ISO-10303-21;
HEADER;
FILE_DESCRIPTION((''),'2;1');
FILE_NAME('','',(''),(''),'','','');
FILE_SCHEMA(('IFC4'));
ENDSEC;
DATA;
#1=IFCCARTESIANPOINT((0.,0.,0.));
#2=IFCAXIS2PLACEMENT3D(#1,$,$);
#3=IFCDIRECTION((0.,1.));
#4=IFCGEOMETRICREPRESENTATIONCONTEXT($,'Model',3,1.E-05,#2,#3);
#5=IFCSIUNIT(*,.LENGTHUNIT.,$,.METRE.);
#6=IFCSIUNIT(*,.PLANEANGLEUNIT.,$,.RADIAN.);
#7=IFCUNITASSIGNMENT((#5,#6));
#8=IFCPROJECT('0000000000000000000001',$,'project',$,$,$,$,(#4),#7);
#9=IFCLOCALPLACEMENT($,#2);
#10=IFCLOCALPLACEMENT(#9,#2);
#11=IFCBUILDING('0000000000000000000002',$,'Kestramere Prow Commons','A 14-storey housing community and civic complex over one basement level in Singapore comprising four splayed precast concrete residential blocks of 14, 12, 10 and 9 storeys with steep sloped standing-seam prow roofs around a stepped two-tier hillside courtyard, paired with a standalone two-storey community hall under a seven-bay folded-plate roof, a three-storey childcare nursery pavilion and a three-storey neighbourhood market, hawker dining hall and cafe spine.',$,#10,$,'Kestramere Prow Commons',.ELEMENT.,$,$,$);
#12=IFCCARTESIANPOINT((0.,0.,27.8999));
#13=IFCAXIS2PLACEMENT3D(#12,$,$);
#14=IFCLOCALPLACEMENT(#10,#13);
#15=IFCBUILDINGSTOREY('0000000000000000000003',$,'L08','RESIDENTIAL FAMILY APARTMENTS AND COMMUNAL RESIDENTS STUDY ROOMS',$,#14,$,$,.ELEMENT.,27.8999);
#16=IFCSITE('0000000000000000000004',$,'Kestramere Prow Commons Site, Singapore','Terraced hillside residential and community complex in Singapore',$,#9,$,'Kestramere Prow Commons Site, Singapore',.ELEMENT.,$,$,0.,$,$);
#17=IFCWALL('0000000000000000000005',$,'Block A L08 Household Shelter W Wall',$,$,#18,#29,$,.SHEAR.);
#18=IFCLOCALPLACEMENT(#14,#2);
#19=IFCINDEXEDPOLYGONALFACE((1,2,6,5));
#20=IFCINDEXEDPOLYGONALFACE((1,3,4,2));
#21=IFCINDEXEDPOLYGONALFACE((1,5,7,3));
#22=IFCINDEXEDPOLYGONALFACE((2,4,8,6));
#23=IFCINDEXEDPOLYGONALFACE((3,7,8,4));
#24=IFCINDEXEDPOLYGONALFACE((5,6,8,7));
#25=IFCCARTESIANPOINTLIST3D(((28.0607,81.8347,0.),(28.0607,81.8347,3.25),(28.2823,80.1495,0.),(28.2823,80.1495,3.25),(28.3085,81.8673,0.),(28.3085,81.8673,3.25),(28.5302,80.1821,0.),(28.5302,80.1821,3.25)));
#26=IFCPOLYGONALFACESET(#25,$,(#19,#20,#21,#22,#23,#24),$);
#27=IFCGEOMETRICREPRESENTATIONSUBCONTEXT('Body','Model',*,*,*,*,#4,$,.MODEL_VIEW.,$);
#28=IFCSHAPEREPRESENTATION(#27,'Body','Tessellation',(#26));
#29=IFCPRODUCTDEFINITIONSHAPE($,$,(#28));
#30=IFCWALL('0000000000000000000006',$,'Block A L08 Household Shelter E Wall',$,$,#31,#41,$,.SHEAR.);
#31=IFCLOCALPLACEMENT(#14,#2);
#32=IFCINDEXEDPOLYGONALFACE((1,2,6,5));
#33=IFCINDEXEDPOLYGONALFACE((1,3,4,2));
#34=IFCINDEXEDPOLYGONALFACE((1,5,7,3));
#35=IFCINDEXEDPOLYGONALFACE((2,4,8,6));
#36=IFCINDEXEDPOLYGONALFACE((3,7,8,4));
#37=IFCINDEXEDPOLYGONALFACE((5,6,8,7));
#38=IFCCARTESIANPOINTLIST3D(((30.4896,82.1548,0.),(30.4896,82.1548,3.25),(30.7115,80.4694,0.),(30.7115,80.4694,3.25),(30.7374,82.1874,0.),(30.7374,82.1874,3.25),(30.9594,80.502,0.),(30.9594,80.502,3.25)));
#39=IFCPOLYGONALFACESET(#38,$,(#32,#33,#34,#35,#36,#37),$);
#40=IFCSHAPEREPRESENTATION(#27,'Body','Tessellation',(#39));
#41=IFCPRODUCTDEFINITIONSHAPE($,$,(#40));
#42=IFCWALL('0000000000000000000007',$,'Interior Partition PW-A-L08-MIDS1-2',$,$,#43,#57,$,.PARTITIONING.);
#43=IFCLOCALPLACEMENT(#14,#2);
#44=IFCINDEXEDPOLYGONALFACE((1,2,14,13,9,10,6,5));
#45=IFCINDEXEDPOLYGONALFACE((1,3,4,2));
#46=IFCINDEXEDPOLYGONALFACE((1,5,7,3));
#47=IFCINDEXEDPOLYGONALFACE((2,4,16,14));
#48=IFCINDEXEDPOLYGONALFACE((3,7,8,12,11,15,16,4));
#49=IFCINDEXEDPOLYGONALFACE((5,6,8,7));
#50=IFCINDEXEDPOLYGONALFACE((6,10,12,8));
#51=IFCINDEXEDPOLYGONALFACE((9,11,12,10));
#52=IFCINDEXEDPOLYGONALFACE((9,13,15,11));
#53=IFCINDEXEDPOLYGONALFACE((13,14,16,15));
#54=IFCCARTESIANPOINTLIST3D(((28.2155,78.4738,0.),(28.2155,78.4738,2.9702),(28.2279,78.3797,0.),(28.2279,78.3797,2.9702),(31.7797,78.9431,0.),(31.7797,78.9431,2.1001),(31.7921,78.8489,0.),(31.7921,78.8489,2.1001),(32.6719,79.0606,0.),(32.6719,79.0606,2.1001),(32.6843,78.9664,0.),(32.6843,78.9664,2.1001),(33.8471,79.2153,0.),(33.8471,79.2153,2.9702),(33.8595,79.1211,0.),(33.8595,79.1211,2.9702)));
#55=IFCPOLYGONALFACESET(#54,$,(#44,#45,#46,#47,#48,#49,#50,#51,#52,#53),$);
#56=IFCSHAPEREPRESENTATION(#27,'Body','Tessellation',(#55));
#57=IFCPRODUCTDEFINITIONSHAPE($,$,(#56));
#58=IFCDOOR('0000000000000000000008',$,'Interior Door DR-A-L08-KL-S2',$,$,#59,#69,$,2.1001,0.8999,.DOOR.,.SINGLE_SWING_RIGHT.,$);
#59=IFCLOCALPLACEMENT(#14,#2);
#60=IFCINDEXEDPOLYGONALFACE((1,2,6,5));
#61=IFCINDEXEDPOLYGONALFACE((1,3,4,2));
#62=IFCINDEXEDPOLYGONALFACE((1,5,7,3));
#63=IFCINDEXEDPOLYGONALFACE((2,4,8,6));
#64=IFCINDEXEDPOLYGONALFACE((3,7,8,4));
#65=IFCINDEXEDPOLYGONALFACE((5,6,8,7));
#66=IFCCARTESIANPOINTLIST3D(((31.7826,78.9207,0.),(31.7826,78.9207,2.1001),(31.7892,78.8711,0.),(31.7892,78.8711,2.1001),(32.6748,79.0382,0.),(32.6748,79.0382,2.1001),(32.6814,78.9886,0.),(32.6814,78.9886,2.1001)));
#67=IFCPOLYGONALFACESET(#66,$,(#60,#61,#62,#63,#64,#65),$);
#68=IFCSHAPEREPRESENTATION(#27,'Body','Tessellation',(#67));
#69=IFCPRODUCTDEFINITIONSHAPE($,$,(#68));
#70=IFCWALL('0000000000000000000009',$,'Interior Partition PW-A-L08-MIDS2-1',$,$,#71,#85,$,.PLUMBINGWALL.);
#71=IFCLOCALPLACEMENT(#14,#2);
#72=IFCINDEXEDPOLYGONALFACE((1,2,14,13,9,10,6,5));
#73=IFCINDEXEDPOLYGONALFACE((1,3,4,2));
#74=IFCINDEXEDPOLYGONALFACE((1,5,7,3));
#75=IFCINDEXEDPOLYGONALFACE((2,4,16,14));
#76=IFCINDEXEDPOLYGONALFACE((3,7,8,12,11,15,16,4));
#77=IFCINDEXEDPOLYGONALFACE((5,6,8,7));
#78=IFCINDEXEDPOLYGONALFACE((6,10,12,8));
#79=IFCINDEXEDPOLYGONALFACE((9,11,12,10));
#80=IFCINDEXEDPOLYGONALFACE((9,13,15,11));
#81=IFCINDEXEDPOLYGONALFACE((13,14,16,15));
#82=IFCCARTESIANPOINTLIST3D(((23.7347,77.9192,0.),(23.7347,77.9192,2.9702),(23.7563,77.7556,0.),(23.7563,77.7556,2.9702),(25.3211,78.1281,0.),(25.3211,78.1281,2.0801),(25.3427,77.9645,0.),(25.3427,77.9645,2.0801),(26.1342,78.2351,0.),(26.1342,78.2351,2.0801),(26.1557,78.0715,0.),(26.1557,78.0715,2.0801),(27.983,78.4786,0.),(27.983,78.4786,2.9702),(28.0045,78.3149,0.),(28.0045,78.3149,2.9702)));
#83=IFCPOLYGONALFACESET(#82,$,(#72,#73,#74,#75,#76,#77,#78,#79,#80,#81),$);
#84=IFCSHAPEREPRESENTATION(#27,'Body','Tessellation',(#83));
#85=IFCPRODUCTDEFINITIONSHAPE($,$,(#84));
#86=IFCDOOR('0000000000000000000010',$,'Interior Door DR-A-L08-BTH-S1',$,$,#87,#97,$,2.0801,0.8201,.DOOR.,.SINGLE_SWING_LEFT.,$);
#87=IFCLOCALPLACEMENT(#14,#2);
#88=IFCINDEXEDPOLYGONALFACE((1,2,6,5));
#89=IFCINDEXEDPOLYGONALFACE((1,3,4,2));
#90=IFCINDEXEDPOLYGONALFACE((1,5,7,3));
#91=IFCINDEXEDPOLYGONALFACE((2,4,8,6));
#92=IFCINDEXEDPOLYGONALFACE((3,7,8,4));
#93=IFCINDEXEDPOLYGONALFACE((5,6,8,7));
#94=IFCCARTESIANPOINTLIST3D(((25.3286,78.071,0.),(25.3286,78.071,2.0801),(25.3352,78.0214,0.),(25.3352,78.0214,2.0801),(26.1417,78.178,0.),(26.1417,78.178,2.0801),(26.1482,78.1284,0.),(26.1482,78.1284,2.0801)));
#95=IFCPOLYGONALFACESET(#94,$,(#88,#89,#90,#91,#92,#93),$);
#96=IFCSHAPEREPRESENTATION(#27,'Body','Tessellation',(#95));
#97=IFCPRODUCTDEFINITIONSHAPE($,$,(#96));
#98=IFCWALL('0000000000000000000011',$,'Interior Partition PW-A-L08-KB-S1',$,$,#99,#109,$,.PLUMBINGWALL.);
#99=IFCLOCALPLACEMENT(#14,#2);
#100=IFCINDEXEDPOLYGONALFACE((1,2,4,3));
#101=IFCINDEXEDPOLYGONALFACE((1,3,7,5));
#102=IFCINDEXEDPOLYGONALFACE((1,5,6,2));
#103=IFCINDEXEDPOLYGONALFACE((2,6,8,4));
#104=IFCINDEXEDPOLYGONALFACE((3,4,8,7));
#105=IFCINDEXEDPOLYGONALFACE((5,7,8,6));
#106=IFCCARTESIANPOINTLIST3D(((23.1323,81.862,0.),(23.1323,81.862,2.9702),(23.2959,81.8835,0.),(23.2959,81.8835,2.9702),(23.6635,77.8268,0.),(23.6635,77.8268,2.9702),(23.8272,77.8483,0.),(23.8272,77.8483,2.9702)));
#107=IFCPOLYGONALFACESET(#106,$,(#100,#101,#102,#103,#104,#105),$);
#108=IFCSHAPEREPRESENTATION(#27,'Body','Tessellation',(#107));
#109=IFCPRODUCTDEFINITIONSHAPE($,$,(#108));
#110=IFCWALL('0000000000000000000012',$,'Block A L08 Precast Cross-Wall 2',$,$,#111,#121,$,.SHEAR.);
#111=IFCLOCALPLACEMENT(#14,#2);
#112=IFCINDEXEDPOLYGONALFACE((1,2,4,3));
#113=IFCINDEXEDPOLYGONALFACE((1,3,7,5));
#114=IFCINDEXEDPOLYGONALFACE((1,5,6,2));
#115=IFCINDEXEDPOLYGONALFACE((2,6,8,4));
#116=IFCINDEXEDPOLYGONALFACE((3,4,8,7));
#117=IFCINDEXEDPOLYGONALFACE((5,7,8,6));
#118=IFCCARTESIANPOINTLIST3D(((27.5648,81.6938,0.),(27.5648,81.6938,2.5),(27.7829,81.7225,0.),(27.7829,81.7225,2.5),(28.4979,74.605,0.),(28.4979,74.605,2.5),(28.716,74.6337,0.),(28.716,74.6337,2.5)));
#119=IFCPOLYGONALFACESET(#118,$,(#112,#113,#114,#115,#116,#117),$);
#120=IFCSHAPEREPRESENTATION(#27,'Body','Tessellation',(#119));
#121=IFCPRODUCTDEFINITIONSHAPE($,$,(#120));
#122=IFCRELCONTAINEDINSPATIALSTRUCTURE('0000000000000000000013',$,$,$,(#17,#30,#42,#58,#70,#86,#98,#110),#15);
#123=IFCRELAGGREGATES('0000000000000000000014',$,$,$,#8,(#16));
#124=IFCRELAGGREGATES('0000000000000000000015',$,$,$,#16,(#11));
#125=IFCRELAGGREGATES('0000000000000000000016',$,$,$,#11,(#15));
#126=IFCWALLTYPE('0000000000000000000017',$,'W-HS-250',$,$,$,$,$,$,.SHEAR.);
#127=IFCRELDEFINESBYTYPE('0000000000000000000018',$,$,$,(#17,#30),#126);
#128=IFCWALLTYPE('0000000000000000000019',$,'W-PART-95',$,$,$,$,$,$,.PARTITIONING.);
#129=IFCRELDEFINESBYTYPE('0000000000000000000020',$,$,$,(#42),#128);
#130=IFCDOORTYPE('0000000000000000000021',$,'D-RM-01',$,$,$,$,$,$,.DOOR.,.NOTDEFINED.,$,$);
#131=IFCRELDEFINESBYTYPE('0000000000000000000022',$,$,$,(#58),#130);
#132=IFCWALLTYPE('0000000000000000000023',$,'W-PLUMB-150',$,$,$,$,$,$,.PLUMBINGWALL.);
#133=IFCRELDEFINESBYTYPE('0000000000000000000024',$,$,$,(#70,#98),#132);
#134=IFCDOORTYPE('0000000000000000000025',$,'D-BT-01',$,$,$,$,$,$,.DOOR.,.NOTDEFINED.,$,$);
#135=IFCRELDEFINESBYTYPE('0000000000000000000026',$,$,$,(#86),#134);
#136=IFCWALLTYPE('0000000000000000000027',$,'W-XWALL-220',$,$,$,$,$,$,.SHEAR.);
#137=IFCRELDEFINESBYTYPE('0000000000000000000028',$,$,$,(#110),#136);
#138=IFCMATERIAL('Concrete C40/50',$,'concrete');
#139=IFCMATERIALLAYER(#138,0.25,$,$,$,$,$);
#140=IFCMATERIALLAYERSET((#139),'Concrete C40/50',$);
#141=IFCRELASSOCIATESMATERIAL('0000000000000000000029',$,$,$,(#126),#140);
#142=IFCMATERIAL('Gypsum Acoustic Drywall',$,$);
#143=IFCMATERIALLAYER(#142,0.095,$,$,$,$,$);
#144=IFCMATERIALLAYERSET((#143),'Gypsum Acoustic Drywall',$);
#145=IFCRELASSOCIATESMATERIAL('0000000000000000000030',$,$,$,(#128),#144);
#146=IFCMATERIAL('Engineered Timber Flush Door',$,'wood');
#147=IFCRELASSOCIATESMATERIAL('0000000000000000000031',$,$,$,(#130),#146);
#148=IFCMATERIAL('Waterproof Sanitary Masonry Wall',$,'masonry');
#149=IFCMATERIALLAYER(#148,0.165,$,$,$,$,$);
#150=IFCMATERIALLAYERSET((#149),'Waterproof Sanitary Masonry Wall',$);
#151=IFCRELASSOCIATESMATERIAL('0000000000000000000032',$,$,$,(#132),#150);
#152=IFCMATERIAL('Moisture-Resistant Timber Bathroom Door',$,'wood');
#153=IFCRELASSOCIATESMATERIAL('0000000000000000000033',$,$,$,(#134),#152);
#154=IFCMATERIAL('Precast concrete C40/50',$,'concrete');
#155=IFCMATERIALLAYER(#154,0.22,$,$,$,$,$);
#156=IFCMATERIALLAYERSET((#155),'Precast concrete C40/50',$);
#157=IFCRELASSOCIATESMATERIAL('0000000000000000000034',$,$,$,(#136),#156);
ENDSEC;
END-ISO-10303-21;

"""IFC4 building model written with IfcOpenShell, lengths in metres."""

from ifc_helpers import new_model, si_unit, direction, frame, frame_2d, origin, place, context, subcontext, project, spatial, rectangle, extrude, material, layer, layer_set, type_object, element, fill, save


model = new_model("IFC4")

# Units and contexts
model_context = context("Model", 3, precision=1e-05, world=origin(), true_north=direction((0.0, 1.0)))
body_context = subcontext(model_context, "Body", "Model", "MODEL_VIEW")
ifc_project = project(units=[si_unit("LENGTHUNIT", "METRE"), si_unit("PLANEANGLEUNIT", "RADIAN")], contexts=[model_context])

# Site, building, storey
site_placement = place(None, origin())
site = spatial("IfcSite", under=ifc_project, at=site_placement, Name="Kestramere Prow Commons Site, Singapore", Description="Terraced hillside residential and community complex in Singapore", LongName="Kestramere Prow Commons Site, Singapore", CompositionType="ELEMENT", RefElevation=0.0)
building_placement = place(site_placement, origin())
building = spatial("IfcBuilding", under=site, at=building_placement, Name="Kestramere Prow Commons", Description="A 14-storey housing community and civic complex over one basement level in Singapore comprising four splayed precast concrete residential blocks of 14, 12, 10 and 9 storeys with steep sloped standing-seam prow roofs around a stepped two-tier hillside courtyard, paired with a standalone two-storey community hall under a seven-bay folded-plate roof, a three-storey childcare nursery pavilion and a three-storey neighbourhood market, hawker dining hall and cafe spine.", LongName="Kestramere Prow Commons", CompositionType="ELEMENT")
storey_placement = place(building_placement, frame((0.0, 0.0, 27.8999)))
storey = spatial("IfcBuildingStorey", under=building, at=storey_placement, Name="L08", Description="RESIDENTIAL FAMILY APARTMENTS AND COMMUNAL RESIDENTS STUDY ROOMS", CompositionType="ELEMENT", Elevation=27.8999)

# Shared definitions
ifc_material_1 = material(Name="Precast concrete C40/50", Category="concrete")

# Shared definitions
ifc_material_2 = material(Name="Concrete C40/50", Category="concrete")
ifc_layer_1 = layer(ifc_material_2, 0.25)
ifc_layer_set_1 = layer_set([ifc_layer_1], Name="Concrete C40/50")
wall_type_1 = type_object("IfcWallType", Name="W-HS-250", PredefinedType="SHEAR", material=ifc_layer_set_1)

# Walls
wall_1_placement = place(storey_placement, frame((28.4062, 80.1658, 0.0), z_axis=(0.0, 0.0, 1.0), x_axis=(-0.130414, 0.99146, 0.0)))
element("IfcWall", 1, at=wall_1_placement, inside=storey, type_object=wall_type_1, Name="Block A L08 Household Shelter W Wall", PredefinedType="SHEAR", context=body_context, shape_type="SweptSolid", body=[
    extrude(rectangle(XDim=1.6997, YDim=0.25, at=frame_2d((0.8499, 0.0))), origin(), (0.0, 0.0, 1.0), 3.25),
])
wall_2_placement = place(storey_placement, frame((30.8354, 80.4856, 0.0), z_axis=(0.0, 0.0, 1.0), x_axis=(-0.130555, 0.991441, 0.0)))
element("IfcWall", 2, at=wall_2_placement, inside=storey, type_object=wall_type_1, Name="Block A L08 Household Shelter E Wall", PredefinedType="SHEAR", context=body_context, shape_type="SweptSolid", body=[
    extrude(rectangle(XDim=1.7, YDim=0.25, at=frame_2d((0.8501, 0.0))), origin(), (0.0, 0.0, 1.0), 3.25),
])

# Walls, openings, doors
ifc_material_3 = material(Name="Gypsum Acoustic Drywall")
ifc_layer_2 = layer(ifc_material_3, 0.095)
ifc_layer_set_2 = layer_set([ifc_layer_2], Name="Gypsum Acoustic Drywall")
wall_type_2 = type_object("IfcWallType", Name="W-PART-95", PredefinedType="PARTITIONING", material=ifc_layer_set_2)
wall_3_placement = place(storey_placement, frame((28.2217, 78.4268, 0.0), z_axis=(0.0, 0.0, 1.0), x_axis=(0.991444, 0.130533, 0.0)))
wall_3 = element("IfcWall", 3, at=wall_3_placement, inside=storey, type_object=wall_type_2, Name="Interior Partition PW-A-L08-MIDS1-2", PredefinedType="PARTITIONING", context=body_context, shape_type="SweptSolid", body=[
    extrude(rectangle(XDim=5.6802, YDim=0.095, at=frame_2d((2.8401, 0.0))), origin(), (0.0, 0.0, 1.0), 2.9702),
])
opening_1_placement = place(wall_3_placement, frame((3.595, 0.0, 0.0)))
opening_1 = element("IfcOpeningElement", 4, at=opening_1_placement, cuts=wall_3, PredefinedType="OPENING", context=body_context, shape_type="SweptSolid", body=[
    extrude(rectangle(XDim=0.8999, YDim=2.1001, at=frame_2d((0.45, 1.05))), frame((0.0, 0.0625, 0.0), z_axis=(0.0, -1.0, 0.0), x_axis=(1.0, 0.0, 0.0)), (0.0, 0.0, 1.0), 0.125),
])
ifc_material_4 = material(Name="Engineered Timber Flush Door", Category="wood")
door_type_1 = type_object("IfcDoorType", Name="D-RM-01", OperationType="NOTDEFINED", PredefinedType="DOOR", material=ifc_material_4)
door_1_placement = place(opening_1_placement, origin())
door_1 = element("IfcDoor", 5, at=door_1_placement, inside=storey, type_object=door_type_1, Name="Interior Door DR-A-L08-KL-S2", OperationType="SINGLE_SWING_RIGHT", OverallHeight=2.1001, OverallWidth=0.8999, PredefinedType="DOOR", context=body_context, shape_type="SweptSolid", body=[
    extrude(rectangle(XDim=0.8999, YDim=2.1001, at=frame_2d((0.45, 1.05))), frame((0.0, 0.0249, 0.0), z_axis=(0.0, -1.0, 0.0), x_axis=(1.0, 0.0, 0.0)), (0.0, 0.0, 1.0), 0.05),
])
fill(opening_1, door_1)
ifc_material_5 = material(Name="Waterproof Sanitary Masonry Wall", Category="masonry")
ifc_layer_3 = layer(ifc_material_5, 0.165)
ifc_layer_set_3 = layer_set([ifc_layer_3], Name="Waterproof Sanitary Masonry Wall")
wall_type_3 = type_object("IfcWallType", Name="W-PLUMB-150", PredefinedType="PLUMBINGWALL", material=ifc_layer_set_3)
wall_4_placement = place(storey_placement, frame((23.7454, 77.8374, 0.0), z_axis=(0.0, 0.0, 1.0), x_axis=(0.991444, 0.130533, 0.0)))
wall_4 = element("IfcWall", 6, at=wall_4_placement, inside=storey, type_object=wall_type_3, Name="Interior Partition PW-A-L08-MIDS2-1", PredefinedType="PLUMBINGWALL", context=body_context, shape_type="SweptSolid", body=[
    extrude(rectangle(XDim=4.2849, YDim=0.165, at=frame_2d((2.1426, 0.0))), origin(), (0.0, 0.0, 1.0), 2.9702),
])
opening_2_placement = place(wall_4_placement, frame((1.6001, 0.0, 0.0)))
opening_2 = element("IfcOpeningElement", 7, at=opening_2_placement, cuts=wall_4, PredefinedType="OPENING", context=body_context, shape_type="SweptSolid", body=[
    extrude(rectangle(XDim=0.8201, YDim=2.0801, at=frame_2d((0.4102, 1.04))), frame((0.0, 0.0974, 0.0), z_axis=(0.0, -1.0, 0.0), x_axis=(1.0, 0.0, 0.0)), (0.0, 0.0, 1.0), 0.1951),
])
ifc_material_6 = material(Name="Moisture-Resistant Timber Bathroom Door", Category="wood")
door_type_2 = type_object("IfcDoorType", Name="D-BT-01", OperationType="NOTDEFINED", PredefinedType="DOOR", material=ifc_material_6)
door_2_placement = place(opening_2_placement, origin())
door_2 = element("IfcDoor", 8, at=door_2_placement, inside=storey, type_object=door_type_2, Name="Interior Door DR-A-L08-BTH-S1", OperationType="SINGLE_SWING_LEFT", OverallHeight=2.0801, OverallWidth=0.8201, PredefinedType="DOOR", context=body_context, shape_type="SweptSolid", body=[
    extrude(rectangle(XDim=0.8201, YDim=2.0801, at=frame_2d((0.4102, 1.04))), frame((0.0, 0.0249, 0.0), z_axis=(0.0, -1.0, 0.0), x_axis=(1.0, 0.0, 0.0)), (0.0, 0.0, 1.0), 0.05),
])
fill(opening_2, door_2)

# Walls
wall_5_placement = place(storey_placement, frame((23.7454, 77.8374, 0.0), z_axis=(0.0, 0.0, 1.0), x_axis=(-0.130529, 0.991444, 0.0)))
element("IfcWall", 9, at=wall_5_placement, inside=storey, type_object=wall_type_3, Name="Interior Partition PW-A-L08-KB-S1", PredefinedType="PLUMBINGWALL", context=body_context, shape_type="SweptSolid", body=[
    extrude(rectangle(XDim=4.0701, YDim=0.165, at=frame_2d((2.0352, 0.0))), origin(), (0.0, 0.0, 1.0), 2.9702),
])
ifc_layer_4 = layer(ifc_material_1, 0.22)
ifc_layer_set_4 = layer_set([ifc_layer_4], Name="Precast concrete C40/50")
wall_type_4 = type_object("IfcWallType", Name="W-XWALL-220", PredefinedType="SHEAR", material=ifc_layer_set_4)
wall_6_placement = place(storey_placement, frame((28.6069, 74.6194, 0.0), z_axis=(0.0, 0.0, 1.0), x_axis=(-0.130504, 0.991448, 0.0)))
element("IfcWall", 10, at=wall_6_placement, inside=storey, type_object=wall_type_4, Name="Block A L08 Precast Cross-Wall 2", PredefinedType="SHEAR", context=body_context, shape_type="SweptSolid", body=[
    extrude(rectangle(XDim=7.1499, YDim=0.22, at=frame_2d((3.575, 0.0))), origin(), (0.0, 0.0, 1.0), 2.5),
])

save(model, "model.ifc")
